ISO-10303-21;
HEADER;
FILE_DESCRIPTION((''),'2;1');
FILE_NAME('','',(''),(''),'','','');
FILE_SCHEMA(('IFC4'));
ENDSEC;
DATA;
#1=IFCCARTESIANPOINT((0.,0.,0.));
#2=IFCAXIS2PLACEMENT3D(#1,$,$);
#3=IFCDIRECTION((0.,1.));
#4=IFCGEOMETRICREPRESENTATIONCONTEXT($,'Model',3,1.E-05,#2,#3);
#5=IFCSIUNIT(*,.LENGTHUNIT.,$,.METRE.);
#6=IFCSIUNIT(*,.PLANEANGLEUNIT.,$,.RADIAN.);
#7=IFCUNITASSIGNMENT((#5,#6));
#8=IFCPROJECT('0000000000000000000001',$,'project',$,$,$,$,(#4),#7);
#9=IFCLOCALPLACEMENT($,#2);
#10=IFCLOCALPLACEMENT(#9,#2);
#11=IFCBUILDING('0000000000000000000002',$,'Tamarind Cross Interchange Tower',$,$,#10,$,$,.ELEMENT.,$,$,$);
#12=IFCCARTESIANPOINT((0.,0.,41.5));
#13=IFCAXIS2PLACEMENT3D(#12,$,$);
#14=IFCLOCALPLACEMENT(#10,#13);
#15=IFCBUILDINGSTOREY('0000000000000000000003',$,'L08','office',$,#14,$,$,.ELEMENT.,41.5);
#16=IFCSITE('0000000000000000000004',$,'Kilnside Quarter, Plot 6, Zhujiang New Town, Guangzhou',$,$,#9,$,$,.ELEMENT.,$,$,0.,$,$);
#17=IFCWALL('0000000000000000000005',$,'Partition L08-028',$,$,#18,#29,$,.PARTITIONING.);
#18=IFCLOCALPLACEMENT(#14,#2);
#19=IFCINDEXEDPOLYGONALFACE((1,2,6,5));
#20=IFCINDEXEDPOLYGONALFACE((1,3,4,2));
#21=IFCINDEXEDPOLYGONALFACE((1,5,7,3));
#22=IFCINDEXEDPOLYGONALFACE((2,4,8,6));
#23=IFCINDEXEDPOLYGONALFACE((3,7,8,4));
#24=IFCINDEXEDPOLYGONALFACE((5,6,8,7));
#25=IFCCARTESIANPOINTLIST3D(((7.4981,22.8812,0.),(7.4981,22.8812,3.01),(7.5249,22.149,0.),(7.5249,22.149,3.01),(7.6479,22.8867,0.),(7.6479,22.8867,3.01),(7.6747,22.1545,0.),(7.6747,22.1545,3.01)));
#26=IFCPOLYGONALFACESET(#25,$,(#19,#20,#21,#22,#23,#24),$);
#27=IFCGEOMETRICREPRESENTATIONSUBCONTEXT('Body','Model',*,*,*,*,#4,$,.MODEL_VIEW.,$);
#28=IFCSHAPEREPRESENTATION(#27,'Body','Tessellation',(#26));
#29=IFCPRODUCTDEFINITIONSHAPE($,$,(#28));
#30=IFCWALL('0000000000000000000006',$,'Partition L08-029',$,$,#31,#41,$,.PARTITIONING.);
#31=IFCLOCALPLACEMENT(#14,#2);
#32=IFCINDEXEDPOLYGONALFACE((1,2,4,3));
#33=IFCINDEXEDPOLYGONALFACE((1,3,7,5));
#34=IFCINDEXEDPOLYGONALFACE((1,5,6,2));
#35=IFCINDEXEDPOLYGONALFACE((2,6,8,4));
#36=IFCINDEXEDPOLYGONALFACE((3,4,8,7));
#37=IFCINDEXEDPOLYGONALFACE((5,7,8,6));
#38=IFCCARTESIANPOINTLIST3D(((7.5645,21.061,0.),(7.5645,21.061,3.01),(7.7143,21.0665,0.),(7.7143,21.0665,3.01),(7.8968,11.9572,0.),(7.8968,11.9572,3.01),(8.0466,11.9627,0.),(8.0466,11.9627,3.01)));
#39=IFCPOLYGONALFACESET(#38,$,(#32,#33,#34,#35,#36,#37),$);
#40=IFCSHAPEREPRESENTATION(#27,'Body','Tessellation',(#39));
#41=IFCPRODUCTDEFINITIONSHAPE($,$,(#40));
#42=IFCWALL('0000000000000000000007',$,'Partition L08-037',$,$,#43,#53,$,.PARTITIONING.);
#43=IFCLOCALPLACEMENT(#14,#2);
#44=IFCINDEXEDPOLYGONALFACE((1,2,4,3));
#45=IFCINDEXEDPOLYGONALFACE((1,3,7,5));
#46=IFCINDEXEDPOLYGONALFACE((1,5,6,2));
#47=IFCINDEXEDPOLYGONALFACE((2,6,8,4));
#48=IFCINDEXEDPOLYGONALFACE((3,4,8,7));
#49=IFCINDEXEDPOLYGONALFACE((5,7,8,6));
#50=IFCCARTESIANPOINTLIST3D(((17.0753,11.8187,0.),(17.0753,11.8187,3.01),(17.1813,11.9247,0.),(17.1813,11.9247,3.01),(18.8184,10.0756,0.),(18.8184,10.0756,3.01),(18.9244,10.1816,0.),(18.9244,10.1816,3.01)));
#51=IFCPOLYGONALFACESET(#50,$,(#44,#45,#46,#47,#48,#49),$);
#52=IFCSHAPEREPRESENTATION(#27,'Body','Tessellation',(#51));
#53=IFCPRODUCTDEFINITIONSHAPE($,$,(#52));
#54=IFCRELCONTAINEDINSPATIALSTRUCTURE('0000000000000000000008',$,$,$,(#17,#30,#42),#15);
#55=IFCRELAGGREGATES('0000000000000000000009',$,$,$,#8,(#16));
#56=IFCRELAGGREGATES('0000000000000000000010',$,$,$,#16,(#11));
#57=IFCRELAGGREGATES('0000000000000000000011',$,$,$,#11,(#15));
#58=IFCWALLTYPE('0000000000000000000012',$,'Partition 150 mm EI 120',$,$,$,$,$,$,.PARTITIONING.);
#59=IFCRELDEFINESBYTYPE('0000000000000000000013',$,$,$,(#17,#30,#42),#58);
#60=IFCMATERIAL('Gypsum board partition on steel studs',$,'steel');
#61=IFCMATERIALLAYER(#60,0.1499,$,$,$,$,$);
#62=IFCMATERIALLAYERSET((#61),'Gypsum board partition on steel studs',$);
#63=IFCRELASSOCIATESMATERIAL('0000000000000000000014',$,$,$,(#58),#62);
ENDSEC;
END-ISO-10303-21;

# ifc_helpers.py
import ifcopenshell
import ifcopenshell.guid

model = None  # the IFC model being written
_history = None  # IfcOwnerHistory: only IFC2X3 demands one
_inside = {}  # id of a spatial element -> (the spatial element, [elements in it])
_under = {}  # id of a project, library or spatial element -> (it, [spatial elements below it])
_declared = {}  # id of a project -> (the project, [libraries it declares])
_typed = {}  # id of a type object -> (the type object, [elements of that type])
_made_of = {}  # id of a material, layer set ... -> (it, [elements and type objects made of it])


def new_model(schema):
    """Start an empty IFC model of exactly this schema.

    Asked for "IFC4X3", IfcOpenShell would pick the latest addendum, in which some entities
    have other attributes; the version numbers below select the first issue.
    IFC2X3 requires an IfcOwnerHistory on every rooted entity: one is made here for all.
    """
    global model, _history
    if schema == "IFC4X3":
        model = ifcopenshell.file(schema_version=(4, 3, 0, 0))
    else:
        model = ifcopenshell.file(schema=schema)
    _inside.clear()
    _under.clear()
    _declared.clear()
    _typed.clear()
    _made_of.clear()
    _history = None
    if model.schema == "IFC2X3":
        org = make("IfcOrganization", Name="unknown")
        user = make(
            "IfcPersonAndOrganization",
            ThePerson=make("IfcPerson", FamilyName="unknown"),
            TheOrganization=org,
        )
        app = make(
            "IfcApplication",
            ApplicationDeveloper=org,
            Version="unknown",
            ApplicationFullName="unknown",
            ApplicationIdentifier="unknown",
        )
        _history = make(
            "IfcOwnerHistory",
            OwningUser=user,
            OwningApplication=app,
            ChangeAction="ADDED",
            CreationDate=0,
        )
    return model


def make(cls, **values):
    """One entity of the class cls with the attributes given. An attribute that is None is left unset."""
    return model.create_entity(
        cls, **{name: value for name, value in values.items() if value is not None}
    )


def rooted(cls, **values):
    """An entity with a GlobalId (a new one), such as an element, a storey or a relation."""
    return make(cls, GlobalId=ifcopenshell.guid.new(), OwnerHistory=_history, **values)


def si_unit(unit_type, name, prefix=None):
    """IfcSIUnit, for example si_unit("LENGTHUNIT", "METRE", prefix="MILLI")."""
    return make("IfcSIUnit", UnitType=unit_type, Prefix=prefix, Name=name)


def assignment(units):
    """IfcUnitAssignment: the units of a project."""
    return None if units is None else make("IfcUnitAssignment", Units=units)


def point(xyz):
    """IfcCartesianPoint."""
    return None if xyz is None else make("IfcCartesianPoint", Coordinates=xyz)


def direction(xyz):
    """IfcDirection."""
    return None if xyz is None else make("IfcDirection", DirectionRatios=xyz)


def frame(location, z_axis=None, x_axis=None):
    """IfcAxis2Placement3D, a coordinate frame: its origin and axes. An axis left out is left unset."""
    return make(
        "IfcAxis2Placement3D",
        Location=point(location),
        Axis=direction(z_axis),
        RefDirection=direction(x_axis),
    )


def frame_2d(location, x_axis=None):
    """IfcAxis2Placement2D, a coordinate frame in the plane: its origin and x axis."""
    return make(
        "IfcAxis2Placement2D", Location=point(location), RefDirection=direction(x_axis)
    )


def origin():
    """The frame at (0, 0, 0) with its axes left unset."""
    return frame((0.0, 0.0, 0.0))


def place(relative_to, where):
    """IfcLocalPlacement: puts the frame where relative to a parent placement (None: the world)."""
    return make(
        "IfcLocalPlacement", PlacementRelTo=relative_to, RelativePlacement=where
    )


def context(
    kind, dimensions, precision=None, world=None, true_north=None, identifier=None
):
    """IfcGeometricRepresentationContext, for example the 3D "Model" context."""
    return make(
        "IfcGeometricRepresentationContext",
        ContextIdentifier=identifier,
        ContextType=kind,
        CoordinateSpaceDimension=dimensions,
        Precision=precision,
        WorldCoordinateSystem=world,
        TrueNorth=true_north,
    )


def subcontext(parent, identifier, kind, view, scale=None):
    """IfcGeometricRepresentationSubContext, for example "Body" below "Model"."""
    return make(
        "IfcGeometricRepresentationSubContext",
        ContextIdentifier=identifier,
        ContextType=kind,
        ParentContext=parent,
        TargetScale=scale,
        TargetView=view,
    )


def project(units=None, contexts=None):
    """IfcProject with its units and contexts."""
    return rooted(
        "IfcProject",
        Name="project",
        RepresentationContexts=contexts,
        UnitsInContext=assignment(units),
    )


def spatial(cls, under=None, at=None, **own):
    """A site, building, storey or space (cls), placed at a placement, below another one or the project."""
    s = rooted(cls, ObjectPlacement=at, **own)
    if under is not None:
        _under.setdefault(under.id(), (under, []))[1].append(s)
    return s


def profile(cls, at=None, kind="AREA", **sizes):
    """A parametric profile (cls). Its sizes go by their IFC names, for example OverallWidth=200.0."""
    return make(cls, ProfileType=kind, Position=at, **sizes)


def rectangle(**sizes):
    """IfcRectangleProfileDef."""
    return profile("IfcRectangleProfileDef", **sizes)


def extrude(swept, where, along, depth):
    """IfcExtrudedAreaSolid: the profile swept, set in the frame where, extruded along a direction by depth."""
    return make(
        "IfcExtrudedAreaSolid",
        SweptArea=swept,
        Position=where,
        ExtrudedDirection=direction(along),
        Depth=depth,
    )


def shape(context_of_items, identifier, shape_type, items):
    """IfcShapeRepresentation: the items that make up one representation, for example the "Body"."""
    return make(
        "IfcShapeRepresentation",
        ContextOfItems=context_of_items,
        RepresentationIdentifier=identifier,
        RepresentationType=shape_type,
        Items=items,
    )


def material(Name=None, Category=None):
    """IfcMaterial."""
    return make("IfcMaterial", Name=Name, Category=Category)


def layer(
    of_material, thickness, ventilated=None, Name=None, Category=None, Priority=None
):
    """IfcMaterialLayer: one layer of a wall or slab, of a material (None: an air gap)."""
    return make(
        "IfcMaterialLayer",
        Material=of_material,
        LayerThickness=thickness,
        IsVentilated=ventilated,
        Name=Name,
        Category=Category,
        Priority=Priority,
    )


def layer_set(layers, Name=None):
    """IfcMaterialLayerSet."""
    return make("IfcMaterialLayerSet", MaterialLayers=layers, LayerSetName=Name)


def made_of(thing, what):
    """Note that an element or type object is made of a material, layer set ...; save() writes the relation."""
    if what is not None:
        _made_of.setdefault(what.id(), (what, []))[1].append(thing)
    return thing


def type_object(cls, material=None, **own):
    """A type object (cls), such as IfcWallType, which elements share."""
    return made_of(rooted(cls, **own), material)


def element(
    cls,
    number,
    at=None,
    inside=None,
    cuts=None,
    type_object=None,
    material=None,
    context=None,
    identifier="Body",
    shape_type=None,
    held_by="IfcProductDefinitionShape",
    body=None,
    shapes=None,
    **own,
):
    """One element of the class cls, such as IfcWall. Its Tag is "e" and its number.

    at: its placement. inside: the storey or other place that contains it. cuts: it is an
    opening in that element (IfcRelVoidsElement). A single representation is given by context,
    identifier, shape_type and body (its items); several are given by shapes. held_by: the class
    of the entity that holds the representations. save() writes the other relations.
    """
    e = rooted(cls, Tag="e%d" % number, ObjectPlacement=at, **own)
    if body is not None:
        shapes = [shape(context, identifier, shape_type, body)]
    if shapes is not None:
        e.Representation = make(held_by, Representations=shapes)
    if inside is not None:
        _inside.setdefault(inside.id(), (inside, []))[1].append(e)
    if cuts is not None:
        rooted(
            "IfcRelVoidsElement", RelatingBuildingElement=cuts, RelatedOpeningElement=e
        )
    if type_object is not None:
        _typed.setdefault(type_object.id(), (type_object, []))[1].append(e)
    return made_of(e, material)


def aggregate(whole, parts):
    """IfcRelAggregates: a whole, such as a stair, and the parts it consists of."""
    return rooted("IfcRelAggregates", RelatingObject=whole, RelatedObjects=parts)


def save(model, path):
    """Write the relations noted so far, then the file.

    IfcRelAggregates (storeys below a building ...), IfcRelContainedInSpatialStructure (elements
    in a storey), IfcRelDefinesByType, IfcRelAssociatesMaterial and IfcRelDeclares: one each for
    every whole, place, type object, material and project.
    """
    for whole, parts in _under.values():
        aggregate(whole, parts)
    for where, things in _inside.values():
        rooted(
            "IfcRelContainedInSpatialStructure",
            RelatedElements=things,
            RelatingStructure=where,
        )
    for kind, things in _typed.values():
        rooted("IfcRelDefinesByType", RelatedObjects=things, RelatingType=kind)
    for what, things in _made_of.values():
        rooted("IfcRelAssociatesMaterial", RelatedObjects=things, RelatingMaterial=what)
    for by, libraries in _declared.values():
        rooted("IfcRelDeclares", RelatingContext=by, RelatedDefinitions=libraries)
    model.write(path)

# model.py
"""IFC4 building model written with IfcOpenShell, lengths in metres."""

from ifc_helpers import new_model, si_unit, direction, frame, frame_2d, origin, place, context, subcontext, project, spatial, rectangle, extrude, material, layer, layer_set, type_object, element, save


model = new_model("IFC4")

# Units and contexts
model_context = context("Model", 3, precision=1e-05, world=origin(), true_north=direction((0.0, 1.0)))
body_context = subcontext(model_context, "Body", "Model", "MODEL_VIEW")
ifc_project = project(units=[si_unit("LENGTHUNIT", "METRE"), si_unit("PLANEANGLEUNIT", "RADIAN")], contexts=[model_context])

# Site, building, storey
site_placement = place(None, origin())
site = spatial("IfcSite", under=ifc_project, at=site_placement, Name="Kilnside Quarter, Plot 6, Zhujiang New Town, Guangzhou", CompositionType="ELEMENT", RefElevation=0.0)
building_placement = place(site_placement, origin())
building = spatial("IfcBuilding", under=site, at=building_placement, Name="Tamarind Cross Interchange Tower", CompositionType="ELEMENT")
storey_placement = place(building_placement, frame((0.0, 0.0, 41.5)))
storey = spatial("IfcBuildingStorey", under=building, at=storey_placement, Name="L08", Description="office", CompositionType="ELEMENT", Elevation=41.5)

# Walls
ifc_material_1 = material(Name="Gypsum board partition on steel studs", Category="steel")
ifc_layer_1 = layer(ifc_material_1, 0.1499)
ifc_layer_set_1 = layer_set([ifc_layer_1], Name="Gypsum board partition on steel studs")
wall_type_1 = type_object("IfcWallType", Name="Partition 150 mm EI 120", PredefinedType="PARTITIONING", material=ifc_layer_set_1)
wall_1_placement = place(storey_placement, frame((7.573, 22.8838, 0.0), z_axis=(0.0, 0.0, 1.0), x_axis=(0.036654, -0.999328, 0.0)))
element("IfcWall", 1, at=wall_1_placement, inside=storey, type_object=wall_type_1, Name="Partition L08-028", PredefinedType="PARTITIONING", context=body_context, shape_type="SweptSolid", body=[
    extrude(rectangle(XDim=0.7327, YDim=0.1499, at=frame_2d((0.3662, 0.0))), origin(), (0.0, 0.0, 1.0), 3.01),
])
wall_2_placement = place(storey_placement, frame((7.6394, 21.0637, 0.0), z_axis=(0.0, 0.0, 1.0), x_axis=(0.036474, -0.999335, 0.0)))
element("IfcWall", 2, at=wall_2_placement, inside=storey, type_object=wall_type_1, Name="Partition L08-029", PredefinedType="PARTITIONING", context=body_context, shape_type="SweptSolid", body=[
    extrude(rectangle(XDim=9.1099, YDim=0.1499, at=frame_2d((4.5549, 0.0))), origin(), (0.0, 0.0, 1.0), 3.01),
])
wall_3_placement = place(storey_placement, frame((17.1284, 11.8716, 0.0), z_axis=(0.0, 0.0, 1.0), x_axis=(0.707107, -0.707107, 0.0)))
element("IfcWall", 3, at=wall_3_placement, inside=storey, type_object=wall_type_1, Name="Partition L08-037", PredefinedType="PARTITIONING", context=body_context, shape_type="SweptSolid", body=[
    extrude(rectangle(XDim=2.4651, YDim=0.1499, at=frame_2d((1.2324, 0.0))), origin(), (0.0, 0.0, 1.0), 3.01),
])

save(model, "model.ifc")
